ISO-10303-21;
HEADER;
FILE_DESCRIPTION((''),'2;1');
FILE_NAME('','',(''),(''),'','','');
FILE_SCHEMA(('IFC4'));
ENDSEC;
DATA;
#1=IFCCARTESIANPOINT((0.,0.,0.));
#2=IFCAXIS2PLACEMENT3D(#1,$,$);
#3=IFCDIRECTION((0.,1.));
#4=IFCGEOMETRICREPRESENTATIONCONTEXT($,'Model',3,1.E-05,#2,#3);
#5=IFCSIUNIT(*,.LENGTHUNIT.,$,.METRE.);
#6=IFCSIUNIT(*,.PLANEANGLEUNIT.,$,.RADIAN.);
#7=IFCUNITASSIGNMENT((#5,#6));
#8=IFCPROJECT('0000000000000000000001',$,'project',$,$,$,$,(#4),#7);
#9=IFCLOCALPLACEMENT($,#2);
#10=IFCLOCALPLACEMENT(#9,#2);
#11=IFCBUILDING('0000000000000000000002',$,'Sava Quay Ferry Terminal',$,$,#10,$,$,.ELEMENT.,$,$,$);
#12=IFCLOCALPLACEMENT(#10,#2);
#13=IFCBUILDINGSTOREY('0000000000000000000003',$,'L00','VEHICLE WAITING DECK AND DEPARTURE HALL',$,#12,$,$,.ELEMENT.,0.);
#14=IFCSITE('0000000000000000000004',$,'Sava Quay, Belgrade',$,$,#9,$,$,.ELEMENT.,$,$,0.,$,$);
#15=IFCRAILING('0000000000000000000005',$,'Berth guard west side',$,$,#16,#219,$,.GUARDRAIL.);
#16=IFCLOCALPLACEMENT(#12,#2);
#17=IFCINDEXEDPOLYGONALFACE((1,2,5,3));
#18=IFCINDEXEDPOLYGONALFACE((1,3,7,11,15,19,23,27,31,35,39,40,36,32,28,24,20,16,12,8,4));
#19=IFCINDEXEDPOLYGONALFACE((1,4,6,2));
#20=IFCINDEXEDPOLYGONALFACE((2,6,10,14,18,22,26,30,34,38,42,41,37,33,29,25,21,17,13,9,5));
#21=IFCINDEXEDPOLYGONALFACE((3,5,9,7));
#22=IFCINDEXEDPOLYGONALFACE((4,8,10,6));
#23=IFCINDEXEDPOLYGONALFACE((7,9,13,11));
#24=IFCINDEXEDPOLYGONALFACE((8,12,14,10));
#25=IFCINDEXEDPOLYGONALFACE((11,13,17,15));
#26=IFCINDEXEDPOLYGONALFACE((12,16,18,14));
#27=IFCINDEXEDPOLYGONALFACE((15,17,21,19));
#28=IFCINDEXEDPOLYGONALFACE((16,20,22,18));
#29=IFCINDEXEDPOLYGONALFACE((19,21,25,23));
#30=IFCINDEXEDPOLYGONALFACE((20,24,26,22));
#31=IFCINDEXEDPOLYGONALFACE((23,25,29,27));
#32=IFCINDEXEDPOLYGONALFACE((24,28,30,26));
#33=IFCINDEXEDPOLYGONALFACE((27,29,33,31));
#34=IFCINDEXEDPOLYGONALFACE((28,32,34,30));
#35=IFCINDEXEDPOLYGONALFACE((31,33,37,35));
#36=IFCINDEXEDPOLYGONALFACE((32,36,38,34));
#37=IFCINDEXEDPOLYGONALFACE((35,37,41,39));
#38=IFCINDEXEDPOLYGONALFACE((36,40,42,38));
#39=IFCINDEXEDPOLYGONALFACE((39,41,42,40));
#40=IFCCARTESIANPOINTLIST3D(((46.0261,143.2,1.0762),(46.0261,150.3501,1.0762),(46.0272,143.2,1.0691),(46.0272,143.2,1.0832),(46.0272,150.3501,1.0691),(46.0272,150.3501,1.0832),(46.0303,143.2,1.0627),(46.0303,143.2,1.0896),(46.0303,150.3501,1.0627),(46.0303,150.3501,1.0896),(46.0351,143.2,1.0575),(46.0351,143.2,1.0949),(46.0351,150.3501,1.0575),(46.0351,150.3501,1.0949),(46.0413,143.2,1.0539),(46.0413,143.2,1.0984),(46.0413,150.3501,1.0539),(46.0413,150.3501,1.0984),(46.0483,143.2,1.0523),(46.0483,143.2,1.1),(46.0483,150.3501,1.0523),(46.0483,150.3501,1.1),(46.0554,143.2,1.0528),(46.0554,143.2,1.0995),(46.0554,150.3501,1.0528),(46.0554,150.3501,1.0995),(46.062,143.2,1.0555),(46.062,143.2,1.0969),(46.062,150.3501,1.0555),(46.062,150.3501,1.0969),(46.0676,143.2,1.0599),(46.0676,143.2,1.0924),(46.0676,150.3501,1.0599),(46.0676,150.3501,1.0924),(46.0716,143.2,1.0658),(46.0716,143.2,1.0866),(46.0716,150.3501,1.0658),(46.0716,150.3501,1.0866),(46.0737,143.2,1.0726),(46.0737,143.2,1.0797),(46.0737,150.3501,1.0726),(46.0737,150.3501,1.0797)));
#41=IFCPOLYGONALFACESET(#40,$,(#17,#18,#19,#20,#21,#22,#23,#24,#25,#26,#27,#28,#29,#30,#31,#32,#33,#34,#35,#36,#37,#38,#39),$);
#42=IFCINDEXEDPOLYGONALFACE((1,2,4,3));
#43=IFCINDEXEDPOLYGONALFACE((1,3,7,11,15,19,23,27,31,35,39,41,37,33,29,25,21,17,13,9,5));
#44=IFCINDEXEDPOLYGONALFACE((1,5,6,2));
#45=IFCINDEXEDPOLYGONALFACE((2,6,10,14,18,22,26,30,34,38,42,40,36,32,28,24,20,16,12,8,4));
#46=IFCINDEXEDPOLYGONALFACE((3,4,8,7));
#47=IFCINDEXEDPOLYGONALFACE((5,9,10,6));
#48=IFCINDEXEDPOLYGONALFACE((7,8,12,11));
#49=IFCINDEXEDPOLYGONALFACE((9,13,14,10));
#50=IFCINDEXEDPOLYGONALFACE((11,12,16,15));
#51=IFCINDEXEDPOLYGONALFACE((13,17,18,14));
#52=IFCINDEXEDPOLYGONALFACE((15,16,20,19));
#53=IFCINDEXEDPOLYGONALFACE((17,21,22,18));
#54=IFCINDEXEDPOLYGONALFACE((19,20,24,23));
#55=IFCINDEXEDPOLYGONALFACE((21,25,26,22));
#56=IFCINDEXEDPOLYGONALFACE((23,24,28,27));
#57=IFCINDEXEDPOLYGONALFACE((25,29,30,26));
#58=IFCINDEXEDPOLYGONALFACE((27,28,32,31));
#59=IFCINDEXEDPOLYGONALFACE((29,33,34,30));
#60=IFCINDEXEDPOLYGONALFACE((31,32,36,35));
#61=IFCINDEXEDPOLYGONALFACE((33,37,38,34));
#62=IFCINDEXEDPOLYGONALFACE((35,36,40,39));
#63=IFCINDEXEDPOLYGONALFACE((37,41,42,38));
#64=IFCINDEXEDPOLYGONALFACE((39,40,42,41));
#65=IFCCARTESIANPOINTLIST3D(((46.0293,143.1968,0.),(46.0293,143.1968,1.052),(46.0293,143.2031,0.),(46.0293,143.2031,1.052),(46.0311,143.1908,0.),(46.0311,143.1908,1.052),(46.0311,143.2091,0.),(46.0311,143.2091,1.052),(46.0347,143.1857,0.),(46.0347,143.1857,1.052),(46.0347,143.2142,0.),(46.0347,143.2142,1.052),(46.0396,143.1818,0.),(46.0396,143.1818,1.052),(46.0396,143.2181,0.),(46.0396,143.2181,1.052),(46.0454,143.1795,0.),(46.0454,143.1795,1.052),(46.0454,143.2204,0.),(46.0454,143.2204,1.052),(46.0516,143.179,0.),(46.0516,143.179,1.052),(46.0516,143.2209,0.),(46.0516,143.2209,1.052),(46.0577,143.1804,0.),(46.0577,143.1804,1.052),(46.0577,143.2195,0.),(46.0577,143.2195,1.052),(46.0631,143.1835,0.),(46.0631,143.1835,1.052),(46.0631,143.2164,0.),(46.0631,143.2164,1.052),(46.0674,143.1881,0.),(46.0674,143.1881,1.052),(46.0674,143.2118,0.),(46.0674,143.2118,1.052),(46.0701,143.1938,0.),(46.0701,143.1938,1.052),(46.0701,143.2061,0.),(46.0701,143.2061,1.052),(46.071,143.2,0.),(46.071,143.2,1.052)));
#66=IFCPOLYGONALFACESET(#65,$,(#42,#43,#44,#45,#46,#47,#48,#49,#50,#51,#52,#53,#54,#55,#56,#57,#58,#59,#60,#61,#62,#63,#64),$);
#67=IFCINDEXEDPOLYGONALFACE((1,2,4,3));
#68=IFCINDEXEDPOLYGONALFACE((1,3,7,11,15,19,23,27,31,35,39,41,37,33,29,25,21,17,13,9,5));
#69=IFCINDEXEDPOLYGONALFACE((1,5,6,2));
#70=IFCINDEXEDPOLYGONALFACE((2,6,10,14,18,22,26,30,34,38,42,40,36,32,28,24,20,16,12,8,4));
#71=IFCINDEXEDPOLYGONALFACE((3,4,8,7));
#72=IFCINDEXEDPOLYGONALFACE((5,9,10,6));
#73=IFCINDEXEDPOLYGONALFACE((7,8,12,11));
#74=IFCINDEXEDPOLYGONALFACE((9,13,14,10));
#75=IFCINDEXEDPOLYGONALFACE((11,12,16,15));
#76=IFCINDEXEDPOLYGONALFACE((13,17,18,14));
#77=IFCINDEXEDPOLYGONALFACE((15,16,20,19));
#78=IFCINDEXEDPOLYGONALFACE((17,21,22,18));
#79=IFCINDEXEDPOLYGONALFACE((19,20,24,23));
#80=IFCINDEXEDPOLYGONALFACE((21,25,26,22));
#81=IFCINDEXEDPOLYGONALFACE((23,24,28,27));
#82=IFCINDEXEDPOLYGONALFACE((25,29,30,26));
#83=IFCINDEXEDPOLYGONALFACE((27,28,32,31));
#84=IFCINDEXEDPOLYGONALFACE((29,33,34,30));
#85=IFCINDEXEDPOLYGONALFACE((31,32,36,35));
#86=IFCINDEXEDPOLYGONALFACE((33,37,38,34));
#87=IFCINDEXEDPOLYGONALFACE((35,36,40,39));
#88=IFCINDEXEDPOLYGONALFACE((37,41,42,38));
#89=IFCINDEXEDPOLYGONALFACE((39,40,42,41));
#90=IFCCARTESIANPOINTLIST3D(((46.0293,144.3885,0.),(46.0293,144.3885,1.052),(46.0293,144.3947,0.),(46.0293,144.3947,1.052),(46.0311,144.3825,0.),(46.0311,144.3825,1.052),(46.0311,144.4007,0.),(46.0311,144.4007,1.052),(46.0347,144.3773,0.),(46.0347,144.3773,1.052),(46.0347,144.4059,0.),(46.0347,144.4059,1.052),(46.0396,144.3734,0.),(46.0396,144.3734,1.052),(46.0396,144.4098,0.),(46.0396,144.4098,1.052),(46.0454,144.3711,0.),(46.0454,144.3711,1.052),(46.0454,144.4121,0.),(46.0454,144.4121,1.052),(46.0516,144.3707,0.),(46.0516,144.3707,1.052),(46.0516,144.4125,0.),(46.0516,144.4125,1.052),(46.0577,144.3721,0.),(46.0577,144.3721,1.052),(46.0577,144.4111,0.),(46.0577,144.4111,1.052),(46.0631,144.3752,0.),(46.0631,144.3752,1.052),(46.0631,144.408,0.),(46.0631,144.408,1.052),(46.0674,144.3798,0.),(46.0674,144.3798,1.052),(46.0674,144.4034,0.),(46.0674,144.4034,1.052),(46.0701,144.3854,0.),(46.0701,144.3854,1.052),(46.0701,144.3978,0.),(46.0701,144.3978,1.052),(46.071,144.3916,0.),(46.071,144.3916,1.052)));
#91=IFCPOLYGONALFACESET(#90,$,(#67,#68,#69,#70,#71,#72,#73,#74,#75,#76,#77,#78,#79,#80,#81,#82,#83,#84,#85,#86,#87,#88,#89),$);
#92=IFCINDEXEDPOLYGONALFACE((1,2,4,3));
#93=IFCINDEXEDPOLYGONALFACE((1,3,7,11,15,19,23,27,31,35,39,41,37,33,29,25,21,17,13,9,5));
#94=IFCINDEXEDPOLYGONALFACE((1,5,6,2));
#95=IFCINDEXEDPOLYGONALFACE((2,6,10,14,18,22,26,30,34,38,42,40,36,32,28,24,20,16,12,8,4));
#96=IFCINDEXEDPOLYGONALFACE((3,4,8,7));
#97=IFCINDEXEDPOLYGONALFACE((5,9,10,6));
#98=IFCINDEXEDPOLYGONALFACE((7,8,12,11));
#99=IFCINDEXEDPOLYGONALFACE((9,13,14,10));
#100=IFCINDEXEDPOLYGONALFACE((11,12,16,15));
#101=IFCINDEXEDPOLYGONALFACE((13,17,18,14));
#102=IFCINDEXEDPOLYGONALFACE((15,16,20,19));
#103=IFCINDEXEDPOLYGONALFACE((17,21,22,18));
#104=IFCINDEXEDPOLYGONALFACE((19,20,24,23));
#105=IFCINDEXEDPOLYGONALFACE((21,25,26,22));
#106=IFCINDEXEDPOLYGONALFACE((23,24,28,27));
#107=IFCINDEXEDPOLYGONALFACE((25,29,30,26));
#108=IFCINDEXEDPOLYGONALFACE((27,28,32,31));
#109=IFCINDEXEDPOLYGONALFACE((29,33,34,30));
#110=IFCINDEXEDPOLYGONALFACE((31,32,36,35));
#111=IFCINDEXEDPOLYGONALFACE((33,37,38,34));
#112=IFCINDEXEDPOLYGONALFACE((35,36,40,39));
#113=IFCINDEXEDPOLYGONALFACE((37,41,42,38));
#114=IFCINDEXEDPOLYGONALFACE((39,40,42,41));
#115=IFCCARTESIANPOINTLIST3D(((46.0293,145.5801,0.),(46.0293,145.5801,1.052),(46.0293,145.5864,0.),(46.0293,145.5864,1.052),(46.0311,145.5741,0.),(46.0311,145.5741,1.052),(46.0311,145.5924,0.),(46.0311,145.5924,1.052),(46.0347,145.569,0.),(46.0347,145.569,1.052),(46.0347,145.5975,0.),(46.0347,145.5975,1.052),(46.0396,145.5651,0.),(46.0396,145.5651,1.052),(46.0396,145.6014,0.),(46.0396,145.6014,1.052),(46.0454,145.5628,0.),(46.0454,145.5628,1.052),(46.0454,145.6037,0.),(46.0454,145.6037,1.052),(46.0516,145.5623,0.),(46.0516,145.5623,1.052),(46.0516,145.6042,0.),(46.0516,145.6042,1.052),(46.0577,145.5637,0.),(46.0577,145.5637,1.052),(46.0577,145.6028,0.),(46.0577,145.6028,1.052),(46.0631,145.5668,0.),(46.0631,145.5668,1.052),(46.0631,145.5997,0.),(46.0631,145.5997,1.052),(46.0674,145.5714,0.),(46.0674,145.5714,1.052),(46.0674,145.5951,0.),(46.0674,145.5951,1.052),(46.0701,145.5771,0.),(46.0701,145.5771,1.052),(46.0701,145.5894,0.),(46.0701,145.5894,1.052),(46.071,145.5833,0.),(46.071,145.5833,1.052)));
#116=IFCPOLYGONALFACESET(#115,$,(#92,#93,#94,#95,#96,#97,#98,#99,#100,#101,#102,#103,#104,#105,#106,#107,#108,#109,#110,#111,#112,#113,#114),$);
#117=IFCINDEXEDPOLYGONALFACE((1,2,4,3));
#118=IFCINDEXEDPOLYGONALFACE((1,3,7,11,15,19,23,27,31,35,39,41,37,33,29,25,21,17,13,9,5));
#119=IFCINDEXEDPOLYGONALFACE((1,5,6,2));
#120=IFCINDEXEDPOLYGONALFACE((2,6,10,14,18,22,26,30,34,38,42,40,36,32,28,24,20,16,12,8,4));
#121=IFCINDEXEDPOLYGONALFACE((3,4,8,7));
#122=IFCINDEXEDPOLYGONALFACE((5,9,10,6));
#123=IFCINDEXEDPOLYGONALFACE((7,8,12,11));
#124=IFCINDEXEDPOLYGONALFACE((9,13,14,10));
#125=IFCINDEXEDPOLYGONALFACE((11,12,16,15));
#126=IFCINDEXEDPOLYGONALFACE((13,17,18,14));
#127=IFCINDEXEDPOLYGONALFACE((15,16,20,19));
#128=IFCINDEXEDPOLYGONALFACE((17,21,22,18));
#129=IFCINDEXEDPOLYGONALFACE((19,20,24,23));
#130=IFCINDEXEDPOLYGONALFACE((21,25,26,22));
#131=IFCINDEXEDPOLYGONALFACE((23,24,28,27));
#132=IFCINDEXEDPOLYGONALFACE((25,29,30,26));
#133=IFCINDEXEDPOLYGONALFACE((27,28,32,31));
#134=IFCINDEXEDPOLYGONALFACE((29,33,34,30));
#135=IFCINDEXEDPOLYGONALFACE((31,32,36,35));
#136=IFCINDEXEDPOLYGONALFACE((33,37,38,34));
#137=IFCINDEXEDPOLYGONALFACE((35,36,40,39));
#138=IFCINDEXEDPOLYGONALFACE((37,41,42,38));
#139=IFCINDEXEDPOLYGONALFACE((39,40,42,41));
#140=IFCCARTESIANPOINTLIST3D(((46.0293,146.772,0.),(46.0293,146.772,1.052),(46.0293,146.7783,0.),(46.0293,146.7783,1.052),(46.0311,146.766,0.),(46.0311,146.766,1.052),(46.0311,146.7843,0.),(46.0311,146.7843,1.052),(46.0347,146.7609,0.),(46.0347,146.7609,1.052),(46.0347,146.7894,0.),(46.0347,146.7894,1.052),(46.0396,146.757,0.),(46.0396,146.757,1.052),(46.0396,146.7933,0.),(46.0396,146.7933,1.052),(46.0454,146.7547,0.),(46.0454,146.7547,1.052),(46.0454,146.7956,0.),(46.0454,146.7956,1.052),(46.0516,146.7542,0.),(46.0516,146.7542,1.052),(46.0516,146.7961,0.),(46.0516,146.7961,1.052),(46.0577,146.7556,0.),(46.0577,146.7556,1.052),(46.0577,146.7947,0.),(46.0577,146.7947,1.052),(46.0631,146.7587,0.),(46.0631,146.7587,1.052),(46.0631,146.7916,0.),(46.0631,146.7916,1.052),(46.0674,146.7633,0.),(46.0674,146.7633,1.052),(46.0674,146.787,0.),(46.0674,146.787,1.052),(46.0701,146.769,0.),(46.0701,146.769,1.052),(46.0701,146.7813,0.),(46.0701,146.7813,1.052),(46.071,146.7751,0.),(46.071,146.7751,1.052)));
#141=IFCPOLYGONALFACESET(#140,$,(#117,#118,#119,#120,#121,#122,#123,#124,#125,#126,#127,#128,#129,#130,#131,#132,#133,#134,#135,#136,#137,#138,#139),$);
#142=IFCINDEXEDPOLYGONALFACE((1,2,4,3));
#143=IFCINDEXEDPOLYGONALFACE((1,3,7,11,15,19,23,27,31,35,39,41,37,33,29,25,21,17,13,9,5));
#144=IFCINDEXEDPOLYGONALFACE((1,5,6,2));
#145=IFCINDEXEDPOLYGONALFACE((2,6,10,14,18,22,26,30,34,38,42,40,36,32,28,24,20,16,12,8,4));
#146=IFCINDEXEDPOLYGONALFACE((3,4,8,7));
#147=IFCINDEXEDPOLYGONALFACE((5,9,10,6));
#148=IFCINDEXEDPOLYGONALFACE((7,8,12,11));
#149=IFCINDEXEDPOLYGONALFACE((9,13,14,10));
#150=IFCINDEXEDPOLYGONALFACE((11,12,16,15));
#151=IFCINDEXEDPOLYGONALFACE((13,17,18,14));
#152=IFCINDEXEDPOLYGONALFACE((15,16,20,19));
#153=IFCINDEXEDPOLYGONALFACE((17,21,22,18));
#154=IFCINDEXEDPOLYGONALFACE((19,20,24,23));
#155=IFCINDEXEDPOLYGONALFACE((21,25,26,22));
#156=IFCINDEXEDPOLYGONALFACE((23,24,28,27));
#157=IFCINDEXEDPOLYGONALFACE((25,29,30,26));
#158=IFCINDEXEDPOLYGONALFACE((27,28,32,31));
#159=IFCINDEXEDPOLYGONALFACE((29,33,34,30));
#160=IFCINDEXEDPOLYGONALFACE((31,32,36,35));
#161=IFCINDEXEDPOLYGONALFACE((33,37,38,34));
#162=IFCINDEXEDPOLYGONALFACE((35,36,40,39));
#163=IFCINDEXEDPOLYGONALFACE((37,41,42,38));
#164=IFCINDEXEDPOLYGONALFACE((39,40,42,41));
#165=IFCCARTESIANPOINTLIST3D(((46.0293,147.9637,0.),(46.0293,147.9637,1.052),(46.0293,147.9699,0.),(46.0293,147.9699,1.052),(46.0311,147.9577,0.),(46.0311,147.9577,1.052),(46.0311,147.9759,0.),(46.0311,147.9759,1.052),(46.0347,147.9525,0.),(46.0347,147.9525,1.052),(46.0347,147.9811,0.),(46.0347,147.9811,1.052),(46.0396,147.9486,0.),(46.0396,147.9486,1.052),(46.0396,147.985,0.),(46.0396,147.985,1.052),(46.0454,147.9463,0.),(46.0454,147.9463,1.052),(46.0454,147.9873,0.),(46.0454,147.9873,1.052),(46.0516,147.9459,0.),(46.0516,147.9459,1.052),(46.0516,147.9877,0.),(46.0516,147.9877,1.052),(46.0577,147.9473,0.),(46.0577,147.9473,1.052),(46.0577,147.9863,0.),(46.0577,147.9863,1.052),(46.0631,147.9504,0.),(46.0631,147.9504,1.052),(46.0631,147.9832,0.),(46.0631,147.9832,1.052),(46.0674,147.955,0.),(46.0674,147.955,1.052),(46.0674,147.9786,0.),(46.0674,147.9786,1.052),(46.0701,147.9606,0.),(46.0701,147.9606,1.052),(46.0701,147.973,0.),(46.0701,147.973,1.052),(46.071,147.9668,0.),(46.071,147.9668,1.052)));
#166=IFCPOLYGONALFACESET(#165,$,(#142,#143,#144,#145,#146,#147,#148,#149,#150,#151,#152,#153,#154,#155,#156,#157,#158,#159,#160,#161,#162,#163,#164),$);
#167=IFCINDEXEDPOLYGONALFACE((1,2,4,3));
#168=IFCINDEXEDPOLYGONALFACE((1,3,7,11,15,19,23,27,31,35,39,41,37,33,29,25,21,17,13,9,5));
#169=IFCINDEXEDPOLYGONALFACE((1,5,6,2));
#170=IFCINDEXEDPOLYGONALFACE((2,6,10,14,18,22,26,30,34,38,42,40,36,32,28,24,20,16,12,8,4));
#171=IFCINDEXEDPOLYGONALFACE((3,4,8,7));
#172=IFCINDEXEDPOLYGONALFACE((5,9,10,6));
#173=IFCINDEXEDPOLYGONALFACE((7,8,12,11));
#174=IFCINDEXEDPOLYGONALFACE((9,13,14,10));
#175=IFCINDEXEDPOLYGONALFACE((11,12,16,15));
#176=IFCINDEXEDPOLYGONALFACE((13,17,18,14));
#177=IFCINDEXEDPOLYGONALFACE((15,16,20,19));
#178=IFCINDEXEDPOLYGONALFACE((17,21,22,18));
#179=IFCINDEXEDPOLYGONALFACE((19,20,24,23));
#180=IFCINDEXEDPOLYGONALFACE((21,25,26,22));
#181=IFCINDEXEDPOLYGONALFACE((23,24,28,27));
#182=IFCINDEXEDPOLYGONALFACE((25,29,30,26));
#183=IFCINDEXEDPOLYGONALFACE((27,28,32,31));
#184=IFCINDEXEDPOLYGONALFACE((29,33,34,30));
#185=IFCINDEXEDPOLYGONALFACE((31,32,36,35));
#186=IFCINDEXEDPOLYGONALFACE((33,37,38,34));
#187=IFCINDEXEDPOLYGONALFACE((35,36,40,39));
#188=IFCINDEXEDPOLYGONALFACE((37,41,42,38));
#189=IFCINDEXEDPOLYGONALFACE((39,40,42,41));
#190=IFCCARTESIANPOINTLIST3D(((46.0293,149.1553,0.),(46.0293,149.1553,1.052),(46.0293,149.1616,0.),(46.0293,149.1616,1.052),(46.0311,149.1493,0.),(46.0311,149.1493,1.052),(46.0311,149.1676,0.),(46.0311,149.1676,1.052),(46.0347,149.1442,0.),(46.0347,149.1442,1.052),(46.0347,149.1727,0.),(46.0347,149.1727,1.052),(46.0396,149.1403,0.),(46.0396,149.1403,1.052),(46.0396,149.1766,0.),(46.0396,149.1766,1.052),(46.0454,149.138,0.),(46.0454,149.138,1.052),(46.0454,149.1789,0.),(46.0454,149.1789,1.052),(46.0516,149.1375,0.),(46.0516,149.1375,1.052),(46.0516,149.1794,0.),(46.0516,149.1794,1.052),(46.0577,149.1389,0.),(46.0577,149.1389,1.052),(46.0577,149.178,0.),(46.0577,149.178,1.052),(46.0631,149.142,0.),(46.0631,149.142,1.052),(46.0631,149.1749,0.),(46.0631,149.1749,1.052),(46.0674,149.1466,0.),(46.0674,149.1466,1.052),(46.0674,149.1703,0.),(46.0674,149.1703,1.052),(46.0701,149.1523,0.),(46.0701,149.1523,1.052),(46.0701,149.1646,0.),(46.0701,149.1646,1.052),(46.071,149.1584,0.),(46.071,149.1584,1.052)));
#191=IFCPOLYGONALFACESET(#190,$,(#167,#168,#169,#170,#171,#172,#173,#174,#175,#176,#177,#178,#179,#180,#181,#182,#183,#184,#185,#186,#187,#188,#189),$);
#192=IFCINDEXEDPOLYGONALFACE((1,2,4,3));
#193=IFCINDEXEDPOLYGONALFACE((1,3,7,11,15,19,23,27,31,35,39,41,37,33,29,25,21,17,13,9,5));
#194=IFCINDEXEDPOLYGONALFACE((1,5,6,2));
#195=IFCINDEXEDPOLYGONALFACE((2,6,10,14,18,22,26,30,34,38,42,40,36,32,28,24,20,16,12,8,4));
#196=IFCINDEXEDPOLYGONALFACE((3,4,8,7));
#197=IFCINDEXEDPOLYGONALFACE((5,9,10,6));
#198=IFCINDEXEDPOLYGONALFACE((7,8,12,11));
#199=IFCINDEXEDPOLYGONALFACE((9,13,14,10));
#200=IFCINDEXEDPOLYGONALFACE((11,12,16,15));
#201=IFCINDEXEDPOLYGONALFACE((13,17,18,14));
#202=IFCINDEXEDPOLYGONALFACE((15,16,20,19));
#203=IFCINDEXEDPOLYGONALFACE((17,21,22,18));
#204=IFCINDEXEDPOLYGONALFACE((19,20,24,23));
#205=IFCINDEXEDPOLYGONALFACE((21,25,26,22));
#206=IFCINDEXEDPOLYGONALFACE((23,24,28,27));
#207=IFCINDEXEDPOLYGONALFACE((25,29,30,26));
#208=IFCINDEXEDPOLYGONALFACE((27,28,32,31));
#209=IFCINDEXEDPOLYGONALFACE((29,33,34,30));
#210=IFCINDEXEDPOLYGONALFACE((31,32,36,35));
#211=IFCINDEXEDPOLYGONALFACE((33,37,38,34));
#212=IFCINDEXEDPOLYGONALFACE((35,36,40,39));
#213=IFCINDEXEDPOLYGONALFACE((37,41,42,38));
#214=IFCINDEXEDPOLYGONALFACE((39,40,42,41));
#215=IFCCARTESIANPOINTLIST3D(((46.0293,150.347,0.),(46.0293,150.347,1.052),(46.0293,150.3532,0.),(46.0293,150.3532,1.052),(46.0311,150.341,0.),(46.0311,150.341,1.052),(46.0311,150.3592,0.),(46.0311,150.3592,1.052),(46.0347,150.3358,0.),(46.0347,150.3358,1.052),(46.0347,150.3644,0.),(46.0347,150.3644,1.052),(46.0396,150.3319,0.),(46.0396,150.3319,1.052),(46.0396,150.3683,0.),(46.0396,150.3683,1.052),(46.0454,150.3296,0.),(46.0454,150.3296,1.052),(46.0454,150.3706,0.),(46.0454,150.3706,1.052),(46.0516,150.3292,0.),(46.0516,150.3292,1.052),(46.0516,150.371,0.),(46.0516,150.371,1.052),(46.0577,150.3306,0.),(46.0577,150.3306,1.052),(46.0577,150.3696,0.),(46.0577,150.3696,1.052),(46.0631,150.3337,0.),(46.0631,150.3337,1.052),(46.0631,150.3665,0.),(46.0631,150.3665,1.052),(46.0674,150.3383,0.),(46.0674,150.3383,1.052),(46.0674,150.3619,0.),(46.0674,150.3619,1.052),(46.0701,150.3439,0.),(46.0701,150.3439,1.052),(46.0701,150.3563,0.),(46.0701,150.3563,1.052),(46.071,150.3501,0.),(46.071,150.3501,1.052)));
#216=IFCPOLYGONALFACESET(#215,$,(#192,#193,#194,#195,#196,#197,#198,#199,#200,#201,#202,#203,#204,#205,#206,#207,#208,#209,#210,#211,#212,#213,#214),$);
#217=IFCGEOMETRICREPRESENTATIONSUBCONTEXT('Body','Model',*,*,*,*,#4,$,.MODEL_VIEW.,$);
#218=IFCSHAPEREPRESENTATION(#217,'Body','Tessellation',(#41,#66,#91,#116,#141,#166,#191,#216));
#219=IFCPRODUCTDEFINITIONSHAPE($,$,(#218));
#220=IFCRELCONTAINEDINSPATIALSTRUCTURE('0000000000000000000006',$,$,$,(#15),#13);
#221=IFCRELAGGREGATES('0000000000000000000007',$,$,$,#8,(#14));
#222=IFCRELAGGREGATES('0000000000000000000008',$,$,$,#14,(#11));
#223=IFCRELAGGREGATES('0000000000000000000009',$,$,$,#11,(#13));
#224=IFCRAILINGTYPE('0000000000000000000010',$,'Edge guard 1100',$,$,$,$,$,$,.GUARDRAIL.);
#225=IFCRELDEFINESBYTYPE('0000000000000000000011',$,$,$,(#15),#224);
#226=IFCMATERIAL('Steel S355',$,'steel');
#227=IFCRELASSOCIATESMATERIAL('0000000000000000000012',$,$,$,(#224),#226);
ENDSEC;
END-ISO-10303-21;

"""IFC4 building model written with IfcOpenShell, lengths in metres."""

from ifc_helpers import new_model, si_unit, direction, frame, origin, origin_2d, place, context, subcontext, project, spatial, circle, extrude, material, type_object, element, save


model = new_model("IFC4")

# Units and contexts
model_context = context("Model", 3, precision=1e-05, world=origin(), true_north=direction((0.0, 1.0)))
body_context = subcontext(model_context, "Body", "Model", "MODEL_VIEW")
ifc_project = project(units=[si_unit("LENGTHUNIT", "METRE"), si_unit("PLANEANGLEUNIT", "RADIAN")], contexts=[model_context])

# Site, building, storey
site_placement = place(None, origin())
site = spatial("IfcSite", under=ifc_project, at=site_placement, Name="Sava Quay, Belgrade", CompositionType="ELEMENT", RefElevation=0.0)
building_placement = place(site_placement, origin())
building = spatial("IfcBuilding", under=site, at=building_placement, Name="Sava Quay Ferry Terminal", CompositionType="ELEMENT")
storey_placement = place(building_placement, origin())
storey = spatial("IfcBuildingStorey", under=building, at=storey_placement, Name="L00", Description="VEHICLE WAITING DECK AND DEPARTURE HALL", CompositionType="ELEMENT", Elevation=0.0)

# Railing
ifc_material_1 = material(Name="Steel S355", Category="steel")
railing_type = type_object("IfcRailingType", Name="Edge guard 1100", PredefinedType="GUARDRAIL", material=ifc_material_1)
railing_1_placement = place(storey_placement, frame((46.05, 143.2, 0.0)))
element("IfcRailing", 1, at=railing_1_placement, inside=storey, type_object=railing_type, Name="Berth guard west side", PredefinedType="GUARDRAIL", context=body_context, shape_type="SweptSolid", body=[
    extrude(circle(Radius=0.0239, at=origin_2d()), frame((0.0, 0.0, 1.0762), z_axis=(0.0, 1.0, 0.0), x_axis=(-1.0, 0.0, 0.0)), (0.0, 0.0, 1.0), 7.1501),
    extrude(circle(Radius=0.021, at=origin_2d()), origin(), (0.0, 0.0, 1.0), 1.052),
    extrude(circle(Radius=0.021, at=origin_2d()), frame((0.0, 1.1917, 0.0)), (0.0, 0.0, 1.0), 1.052),
    extrude(circle(Radius=0.021, at=origin_2d()), frame((0.0, 2.3833, 0.0)), (0.0, 0.0, 1.0), 1.052),
    extrude(circle(Radius=0.021, at=origin_2d()), frame((0.0, 3.5752, 0.0)), (0.0, 0.0, 1.0), 1.052),
    extrude(circle(Radius=0.021, at=origin_2d()), frame((0.0, 4.7668, 0.0)), (0.0, 0.0, 1.0), 1.052),
    extrude(circle(Radius=0.021, at=origin_2d()), frame((0.0, 5.9585, 0.0)), (0.0, 0.0, 1.0), 1.052),
    extrude(circle(Radius=0.021, at=origin_2d()), frame((0.0, 7.1501, 0.0)), (0.0, 0.0, 1.0), 1.052),
])

save(model, "model.ifc")
